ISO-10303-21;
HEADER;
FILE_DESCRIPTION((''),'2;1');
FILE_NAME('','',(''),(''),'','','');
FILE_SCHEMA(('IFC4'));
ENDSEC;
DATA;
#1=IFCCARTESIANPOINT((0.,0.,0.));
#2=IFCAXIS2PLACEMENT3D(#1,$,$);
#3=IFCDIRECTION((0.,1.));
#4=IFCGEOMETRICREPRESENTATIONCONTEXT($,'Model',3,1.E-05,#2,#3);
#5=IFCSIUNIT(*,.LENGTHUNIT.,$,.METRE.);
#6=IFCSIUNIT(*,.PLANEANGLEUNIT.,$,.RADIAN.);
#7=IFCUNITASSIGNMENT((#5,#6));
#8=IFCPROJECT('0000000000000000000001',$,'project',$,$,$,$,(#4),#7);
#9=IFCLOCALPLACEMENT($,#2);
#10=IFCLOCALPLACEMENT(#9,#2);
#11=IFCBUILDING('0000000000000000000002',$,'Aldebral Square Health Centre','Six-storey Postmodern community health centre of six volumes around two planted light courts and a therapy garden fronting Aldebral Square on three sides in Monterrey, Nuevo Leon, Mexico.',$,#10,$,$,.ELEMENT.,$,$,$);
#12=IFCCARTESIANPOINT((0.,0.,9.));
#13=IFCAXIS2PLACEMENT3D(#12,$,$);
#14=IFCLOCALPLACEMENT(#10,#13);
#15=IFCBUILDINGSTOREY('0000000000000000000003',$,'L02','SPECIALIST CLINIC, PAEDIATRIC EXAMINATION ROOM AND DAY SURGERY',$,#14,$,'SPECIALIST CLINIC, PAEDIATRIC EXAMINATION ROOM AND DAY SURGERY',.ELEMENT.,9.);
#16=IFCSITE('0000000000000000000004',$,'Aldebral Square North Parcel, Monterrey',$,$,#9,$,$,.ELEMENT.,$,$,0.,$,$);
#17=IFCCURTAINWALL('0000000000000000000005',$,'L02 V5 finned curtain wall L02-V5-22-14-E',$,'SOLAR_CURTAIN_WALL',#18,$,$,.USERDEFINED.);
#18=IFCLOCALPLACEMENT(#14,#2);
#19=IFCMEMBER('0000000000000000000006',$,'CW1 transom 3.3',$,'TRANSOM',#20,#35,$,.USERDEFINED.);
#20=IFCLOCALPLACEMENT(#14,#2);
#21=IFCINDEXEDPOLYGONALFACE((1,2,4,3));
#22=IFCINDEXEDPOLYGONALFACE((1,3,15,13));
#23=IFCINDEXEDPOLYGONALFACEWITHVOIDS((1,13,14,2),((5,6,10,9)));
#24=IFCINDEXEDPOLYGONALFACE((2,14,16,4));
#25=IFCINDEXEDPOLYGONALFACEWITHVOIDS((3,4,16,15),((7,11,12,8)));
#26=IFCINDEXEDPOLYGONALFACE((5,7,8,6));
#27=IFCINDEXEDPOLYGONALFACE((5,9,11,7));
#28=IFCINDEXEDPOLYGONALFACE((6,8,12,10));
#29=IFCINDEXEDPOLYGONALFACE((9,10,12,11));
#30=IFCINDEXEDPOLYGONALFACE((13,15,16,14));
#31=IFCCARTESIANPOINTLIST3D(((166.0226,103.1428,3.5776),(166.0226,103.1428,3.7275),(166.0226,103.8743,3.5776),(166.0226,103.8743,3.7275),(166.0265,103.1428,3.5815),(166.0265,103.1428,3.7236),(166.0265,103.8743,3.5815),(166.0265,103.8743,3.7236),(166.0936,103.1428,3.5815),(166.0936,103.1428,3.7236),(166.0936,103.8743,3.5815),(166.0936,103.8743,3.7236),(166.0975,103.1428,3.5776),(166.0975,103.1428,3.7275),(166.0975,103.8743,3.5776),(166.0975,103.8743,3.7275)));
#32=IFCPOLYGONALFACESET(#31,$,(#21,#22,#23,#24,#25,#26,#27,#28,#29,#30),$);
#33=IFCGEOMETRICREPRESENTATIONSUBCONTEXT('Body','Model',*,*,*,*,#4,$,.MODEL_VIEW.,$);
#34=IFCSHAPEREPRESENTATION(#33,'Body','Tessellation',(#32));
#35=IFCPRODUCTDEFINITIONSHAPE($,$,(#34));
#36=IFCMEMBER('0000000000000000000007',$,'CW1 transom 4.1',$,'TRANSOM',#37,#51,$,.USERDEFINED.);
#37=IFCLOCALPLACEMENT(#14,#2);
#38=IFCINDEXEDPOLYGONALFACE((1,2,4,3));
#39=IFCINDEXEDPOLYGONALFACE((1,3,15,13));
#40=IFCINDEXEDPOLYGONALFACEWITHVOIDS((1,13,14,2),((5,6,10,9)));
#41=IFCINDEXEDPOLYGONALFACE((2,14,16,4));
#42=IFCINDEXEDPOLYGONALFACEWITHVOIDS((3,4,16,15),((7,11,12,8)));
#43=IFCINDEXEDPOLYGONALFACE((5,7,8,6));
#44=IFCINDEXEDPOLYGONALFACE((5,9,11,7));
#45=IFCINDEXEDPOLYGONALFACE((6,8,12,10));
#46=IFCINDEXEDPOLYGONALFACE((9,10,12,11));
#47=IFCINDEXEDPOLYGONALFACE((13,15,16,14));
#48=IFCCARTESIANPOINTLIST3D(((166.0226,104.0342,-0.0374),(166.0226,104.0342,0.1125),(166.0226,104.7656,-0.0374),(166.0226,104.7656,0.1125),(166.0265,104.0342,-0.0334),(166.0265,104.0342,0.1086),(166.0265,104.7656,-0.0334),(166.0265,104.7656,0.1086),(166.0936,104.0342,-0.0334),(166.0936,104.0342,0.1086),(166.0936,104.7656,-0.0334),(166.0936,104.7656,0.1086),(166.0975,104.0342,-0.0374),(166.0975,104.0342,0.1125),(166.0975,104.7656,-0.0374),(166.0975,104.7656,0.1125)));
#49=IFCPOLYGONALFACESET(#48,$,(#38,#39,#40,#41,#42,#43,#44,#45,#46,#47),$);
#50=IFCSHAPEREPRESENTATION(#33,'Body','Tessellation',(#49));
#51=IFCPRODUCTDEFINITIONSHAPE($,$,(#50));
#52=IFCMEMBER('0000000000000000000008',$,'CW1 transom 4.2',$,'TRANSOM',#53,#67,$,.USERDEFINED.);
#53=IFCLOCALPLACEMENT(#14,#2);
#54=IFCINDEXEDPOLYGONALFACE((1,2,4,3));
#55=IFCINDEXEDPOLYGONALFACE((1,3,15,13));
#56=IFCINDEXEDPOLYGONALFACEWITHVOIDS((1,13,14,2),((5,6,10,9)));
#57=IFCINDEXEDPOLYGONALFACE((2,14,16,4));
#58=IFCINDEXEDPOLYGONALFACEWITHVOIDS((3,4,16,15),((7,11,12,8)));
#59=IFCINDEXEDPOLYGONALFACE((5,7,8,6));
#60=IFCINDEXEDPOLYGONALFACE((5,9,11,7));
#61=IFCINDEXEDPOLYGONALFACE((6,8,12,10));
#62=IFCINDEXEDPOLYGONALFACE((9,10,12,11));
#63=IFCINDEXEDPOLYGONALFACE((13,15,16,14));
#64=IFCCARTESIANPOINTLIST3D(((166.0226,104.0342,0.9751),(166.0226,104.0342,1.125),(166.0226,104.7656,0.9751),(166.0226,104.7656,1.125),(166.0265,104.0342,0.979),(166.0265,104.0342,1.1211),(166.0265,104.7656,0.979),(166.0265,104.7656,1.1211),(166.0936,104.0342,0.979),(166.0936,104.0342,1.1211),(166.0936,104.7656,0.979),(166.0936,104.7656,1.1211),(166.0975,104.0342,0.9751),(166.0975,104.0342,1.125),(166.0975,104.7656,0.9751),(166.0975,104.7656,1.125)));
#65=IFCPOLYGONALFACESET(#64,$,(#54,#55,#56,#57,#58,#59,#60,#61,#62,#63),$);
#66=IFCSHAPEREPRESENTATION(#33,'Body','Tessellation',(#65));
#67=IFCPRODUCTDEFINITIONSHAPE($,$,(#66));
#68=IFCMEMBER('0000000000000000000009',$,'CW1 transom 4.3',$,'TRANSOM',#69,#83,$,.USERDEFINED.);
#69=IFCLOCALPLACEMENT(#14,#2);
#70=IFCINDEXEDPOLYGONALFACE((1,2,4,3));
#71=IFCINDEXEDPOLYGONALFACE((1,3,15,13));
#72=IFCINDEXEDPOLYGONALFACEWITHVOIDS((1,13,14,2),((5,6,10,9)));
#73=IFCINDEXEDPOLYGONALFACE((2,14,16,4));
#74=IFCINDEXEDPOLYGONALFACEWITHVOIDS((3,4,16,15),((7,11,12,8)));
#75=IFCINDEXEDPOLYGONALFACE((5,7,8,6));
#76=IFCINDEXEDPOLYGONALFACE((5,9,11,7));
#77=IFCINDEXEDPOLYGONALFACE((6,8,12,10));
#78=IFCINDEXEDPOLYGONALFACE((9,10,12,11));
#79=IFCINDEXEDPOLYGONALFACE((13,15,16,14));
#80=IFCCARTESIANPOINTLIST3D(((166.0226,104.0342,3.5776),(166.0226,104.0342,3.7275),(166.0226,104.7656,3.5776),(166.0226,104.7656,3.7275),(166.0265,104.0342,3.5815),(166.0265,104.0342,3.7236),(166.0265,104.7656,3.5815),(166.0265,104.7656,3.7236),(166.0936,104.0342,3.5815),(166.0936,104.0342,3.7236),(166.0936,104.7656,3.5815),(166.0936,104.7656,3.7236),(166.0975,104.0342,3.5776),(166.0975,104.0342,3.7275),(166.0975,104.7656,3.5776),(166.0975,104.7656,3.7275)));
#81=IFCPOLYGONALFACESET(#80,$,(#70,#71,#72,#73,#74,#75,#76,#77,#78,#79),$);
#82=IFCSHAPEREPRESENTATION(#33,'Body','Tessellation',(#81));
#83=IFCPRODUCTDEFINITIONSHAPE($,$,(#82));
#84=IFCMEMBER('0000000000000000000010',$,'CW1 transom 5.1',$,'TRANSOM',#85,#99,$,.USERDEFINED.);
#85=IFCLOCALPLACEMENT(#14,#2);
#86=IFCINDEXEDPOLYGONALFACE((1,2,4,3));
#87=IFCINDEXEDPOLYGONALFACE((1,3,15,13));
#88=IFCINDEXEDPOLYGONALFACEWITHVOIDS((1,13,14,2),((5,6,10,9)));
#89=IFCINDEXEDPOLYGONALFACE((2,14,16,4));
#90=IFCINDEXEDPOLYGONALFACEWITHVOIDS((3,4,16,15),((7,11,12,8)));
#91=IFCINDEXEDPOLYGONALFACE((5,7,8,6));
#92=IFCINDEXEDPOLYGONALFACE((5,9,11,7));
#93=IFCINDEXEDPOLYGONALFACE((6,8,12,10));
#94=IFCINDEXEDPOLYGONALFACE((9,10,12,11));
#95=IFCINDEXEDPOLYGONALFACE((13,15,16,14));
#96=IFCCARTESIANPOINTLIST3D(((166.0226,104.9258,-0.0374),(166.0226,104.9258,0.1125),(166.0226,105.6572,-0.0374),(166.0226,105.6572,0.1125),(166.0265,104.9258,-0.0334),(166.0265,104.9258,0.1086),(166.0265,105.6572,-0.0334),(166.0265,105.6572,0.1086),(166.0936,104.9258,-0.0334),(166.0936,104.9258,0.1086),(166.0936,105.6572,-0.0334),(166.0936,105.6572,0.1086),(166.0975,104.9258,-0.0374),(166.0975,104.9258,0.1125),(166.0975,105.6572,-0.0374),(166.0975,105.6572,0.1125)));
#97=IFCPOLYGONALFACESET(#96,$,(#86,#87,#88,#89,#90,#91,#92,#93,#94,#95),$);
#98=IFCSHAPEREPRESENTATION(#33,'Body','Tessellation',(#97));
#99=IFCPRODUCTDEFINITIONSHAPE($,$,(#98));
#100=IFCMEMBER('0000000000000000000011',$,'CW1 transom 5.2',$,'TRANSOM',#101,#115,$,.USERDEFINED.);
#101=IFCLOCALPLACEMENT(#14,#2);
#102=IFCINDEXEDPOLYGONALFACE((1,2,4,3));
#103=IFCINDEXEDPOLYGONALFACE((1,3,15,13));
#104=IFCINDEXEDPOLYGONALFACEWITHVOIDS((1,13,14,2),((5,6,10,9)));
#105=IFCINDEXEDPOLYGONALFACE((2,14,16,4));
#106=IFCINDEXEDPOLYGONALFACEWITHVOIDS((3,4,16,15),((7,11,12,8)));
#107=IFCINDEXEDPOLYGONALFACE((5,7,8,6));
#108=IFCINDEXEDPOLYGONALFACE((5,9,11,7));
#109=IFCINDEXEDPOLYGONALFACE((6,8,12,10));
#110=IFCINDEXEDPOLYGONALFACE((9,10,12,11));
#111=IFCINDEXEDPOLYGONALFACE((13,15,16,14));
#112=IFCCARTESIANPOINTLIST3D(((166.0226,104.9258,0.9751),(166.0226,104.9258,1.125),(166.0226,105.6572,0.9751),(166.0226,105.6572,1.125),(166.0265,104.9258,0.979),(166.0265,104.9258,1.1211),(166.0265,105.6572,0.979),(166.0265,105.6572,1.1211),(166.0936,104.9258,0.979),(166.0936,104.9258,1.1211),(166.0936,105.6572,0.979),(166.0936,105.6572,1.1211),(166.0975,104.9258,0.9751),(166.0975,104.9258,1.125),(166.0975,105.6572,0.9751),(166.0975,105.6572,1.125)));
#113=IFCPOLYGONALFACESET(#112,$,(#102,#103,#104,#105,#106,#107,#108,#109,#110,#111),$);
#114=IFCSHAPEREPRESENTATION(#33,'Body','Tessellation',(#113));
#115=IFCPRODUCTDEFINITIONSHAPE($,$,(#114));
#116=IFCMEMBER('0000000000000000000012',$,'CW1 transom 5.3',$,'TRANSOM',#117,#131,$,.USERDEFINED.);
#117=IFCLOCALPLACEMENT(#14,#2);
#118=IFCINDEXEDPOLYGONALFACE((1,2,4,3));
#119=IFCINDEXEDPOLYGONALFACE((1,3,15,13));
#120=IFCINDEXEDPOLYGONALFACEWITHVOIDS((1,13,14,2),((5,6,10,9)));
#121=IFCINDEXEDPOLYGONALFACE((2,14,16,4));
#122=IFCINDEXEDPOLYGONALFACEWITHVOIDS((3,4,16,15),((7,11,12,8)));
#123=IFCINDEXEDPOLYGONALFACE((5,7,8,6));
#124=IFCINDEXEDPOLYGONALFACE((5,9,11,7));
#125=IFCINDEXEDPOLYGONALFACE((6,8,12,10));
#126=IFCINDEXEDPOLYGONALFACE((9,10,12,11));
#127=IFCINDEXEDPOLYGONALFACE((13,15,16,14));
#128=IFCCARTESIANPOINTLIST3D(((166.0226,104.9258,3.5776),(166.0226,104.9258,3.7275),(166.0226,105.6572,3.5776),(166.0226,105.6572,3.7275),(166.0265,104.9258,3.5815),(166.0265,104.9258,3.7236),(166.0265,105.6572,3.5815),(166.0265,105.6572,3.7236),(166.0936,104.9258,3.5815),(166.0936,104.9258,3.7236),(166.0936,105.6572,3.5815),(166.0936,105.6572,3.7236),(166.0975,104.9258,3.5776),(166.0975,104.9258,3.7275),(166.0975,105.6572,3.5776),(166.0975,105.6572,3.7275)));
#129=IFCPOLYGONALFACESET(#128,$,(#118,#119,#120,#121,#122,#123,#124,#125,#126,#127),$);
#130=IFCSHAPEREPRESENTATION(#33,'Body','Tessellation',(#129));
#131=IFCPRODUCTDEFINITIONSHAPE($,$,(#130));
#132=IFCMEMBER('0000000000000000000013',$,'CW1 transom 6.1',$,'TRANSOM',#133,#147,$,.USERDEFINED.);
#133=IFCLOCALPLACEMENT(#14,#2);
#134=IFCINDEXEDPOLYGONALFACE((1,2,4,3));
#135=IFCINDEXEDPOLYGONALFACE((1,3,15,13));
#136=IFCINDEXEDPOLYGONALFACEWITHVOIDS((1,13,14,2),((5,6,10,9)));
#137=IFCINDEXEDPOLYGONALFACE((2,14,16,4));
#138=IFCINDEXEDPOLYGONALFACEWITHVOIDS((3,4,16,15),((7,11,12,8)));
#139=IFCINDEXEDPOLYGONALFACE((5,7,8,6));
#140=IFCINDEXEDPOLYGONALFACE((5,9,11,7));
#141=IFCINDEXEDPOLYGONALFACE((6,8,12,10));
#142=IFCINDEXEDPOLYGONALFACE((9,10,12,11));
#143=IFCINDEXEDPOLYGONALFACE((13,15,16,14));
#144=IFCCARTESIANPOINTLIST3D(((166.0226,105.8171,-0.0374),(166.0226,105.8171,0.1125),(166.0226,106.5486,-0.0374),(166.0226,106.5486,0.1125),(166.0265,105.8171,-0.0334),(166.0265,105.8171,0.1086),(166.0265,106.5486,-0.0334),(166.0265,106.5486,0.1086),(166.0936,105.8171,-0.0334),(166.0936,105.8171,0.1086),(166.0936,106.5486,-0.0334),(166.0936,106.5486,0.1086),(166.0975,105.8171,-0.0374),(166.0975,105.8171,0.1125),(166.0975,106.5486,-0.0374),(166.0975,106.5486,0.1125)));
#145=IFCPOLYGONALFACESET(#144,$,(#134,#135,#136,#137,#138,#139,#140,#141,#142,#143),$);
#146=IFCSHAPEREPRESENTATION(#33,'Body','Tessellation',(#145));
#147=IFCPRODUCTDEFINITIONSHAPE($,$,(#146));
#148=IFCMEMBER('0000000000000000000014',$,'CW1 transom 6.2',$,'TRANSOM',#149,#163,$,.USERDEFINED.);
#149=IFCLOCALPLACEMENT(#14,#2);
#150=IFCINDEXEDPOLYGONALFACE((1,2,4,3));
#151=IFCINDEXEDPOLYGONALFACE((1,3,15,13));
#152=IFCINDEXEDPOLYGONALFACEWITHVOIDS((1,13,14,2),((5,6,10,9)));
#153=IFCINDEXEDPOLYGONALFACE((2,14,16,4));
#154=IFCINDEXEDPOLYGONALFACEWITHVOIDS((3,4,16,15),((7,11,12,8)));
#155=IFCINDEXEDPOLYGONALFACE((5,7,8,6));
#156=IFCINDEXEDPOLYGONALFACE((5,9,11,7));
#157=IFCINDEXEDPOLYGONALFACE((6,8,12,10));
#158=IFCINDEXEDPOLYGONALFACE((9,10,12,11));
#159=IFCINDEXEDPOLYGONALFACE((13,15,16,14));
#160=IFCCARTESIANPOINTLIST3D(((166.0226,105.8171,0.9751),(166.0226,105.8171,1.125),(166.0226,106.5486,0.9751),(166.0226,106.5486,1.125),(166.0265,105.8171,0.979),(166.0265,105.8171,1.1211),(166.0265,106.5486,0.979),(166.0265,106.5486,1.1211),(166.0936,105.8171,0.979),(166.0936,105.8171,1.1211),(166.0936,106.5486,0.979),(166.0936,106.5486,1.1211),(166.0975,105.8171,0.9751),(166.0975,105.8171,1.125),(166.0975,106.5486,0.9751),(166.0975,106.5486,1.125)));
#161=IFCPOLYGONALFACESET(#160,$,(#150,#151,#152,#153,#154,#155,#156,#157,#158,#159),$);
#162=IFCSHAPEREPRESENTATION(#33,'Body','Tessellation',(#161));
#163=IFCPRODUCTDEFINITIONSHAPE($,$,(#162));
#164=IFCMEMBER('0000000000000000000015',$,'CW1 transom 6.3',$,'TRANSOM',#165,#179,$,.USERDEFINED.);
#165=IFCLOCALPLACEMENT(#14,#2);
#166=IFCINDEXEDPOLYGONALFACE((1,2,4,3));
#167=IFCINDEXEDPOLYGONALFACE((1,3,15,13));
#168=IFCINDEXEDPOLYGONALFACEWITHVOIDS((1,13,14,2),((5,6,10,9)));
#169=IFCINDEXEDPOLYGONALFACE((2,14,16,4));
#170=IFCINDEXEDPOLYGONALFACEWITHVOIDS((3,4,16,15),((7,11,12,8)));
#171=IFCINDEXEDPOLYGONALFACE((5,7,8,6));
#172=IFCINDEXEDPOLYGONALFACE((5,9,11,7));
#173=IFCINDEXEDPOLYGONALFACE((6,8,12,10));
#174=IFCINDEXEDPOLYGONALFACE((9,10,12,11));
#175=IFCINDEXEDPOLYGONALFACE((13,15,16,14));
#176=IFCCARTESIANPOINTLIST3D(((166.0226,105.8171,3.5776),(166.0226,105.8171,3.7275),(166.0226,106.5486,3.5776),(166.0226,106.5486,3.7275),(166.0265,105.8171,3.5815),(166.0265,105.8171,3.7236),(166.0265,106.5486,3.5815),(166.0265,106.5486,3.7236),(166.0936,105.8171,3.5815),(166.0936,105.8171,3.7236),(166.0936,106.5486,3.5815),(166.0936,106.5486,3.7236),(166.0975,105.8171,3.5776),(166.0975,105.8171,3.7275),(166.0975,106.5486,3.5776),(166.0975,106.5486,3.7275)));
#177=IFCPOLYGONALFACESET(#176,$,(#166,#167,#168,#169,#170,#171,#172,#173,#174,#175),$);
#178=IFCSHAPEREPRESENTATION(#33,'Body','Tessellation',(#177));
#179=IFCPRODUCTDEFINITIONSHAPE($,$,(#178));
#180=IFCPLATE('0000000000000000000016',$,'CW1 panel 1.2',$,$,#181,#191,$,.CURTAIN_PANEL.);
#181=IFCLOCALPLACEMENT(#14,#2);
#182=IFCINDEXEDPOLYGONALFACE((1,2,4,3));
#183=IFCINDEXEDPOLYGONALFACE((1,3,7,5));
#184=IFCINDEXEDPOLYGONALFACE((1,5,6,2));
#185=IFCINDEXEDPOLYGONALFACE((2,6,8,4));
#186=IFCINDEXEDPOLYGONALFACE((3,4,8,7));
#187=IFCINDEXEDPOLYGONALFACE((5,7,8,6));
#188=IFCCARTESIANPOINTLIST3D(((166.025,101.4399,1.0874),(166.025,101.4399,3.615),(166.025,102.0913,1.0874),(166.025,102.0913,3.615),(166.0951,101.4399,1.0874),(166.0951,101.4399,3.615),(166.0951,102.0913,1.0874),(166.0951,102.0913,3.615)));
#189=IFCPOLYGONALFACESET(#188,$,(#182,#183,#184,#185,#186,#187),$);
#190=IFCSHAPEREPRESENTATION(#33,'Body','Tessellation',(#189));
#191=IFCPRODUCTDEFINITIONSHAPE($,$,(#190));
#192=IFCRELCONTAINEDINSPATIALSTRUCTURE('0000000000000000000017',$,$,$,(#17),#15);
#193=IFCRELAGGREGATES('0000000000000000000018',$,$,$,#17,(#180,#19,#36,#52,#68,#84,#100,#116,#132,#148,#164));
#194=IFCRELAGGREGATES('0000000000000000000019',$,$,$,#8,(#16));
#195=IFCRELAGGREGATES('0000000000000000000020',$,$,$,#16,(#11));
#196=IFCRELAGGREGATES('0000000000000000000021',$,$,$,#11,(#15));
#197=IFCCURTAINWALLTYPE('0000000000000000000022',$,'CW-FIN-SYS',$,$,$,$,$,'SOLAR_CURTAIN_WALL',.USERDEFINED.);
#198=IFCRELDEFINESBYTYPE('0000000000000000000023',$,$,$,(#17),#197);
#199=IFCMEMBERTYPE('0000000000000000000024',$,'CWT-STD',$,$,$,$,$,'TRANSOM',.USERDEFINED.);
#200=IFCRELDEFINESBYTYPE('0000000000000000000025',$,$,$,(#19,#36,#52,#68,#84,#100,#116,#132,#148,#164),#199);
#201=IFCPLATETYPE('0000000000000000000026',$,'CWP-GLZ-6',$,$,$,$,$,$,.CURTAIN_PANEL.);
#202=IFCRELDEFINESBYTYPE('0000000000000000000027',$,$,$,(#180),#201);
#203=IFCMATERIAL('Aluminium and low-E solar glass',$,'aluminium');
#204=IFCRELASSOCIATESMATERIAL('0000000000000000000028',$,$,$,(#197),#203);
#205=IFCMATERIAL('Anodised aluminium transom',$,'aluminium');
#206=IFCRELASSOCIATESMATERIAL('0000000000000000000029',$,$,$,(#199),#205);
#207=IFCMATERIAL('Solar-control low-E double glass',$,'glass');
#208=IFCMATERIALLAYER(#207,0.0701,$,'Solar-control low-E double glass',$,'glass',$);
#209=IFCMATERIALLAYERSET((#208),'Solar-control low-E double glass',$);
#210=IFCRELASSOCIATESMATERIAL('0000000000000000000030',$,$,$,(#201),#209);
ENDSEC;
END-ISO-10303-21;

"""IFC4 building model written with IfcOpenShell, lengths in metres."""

from ifc_helpers import new_model, si_unit, direction, frame, origin, origin_2d, place, context, subcontext, project, spatial, rectangle, hollow_rectangle, extrude, material, layer, layer_set, material_profile, profile_set, type_object, element, aggregate, save


model = new_model("IFC4")

# Units and contexts
model_context = context("Model", 3, precision=1e-05, world=origin(), true_north=direction((0.0, 1.0)))
body_context = subcontext(model_context, "Body", "Model", "MODEL_VIEW")
ifc_project = project(units=[si_unit("LENGTHUNIT", "METRE"), si_unit("PLANEANGLEUNIT", "RADIAN")], contexts=[model_context])

# Site, building, storey
site_placement = place(None, origin())
site = spatial("IfcSite", under=ifc_project, at=site_placement, Name="Aldebral Square North Parcel, Monterrey", CompositionType="ELEMENT", RefElevation=0.0)
building_placement = place(site_placement, origin())
building = spatial("IfcBuilding", under=site, at=building_placement, Name="Aldebral Square Health Centre", Description="Six-storey Postmodern community health centre of six volumes around two planted light courts and a therapy garden fronting Aldebral Square on three sides in Monterrey, Nuevo Leon, Mexico.", CompositionType="ELEMENT")
storey_placement = place(building_placement, frame((0.0, 0.0, 9.0)))
storey = spatial("IfcBuildingStorey", under=building, at=storey_placement, Name="L02", Description="SPECIALIST CLINIC, PAEDIATRIC EXAMINATION ROOM AND DAY SURGERY", LongName="SPECIALIST CLINIC, PAEDIATRIC EXAMINATION ROOM AND DAY SURGERY", CompositionType="ELEMENT", Elevation=9.0)

# Curtain wall, members, plate
ifc_material_1 = material(Name="Aluminium and low-E solar glass", Category="aluminium")
curtain_wall_type = type_object("IfcCurtainWallType", Name="CW-FIN-SYS", ElementType="SOLAR_CURTAIN_WALL", PredefinedType="USERDEFINED", material=ifc_material_1)
curtain_wall_placement = place(storey_placement, origin())
curtain_wall = element("IfcCurtainWall", 1, at=curtain_wall_placement, inside=storey, type_object=curtain_wall_type, Name="L02 V5 finned curtain wall L02-V5-22-14-E", ObjectType="SOLAR_CURTAIN_WALL", PredefinedType="USERDEFINED")
ifc_material_2 = material(Name="Anodised aluminium transom", Category="aluminium")
ifc_material_profile_1 = material_profile(ifc_material_2, hollow_rectangle(XDim=0.075, YDim=0.1499, WallThickness=0.0039, at=origin_2d()), Name="CWT 75x150x4")
ifc_profile_set_1 = profile_set([ifc_material_profile_1], Name="Anodised aluminium transom")
member_type_1 = type_object("IfcMemberType", Name="CWT-STD", ElementType="TRANSOM", PredefinedType="USERDEFINED", material=ifc_profile_set_1)
member_1_placement = place(storey_placement, frame((166.0601, 103.1428, 3.6526), z_axis=(0.0, 1.0, 0.0), x_axis=(-1.0, 0.0, 0.0)))
member_1 = element("IfcMember", 2, at=member_1_placement, type_object=member_type_1, Name="CW1 transom 3.3", ObjectType="TRANSOM", PredefinedType="USERDEFINED", context=body_context, shape_type="SweptSolid", body=[
    extrude(hollow_rectangle(XDim=0.075, YDim=0.1499, WallThickness=0.0039, at=origin_2d()), origin(), (0.0, 0.0, 1.0), 0.7314),
])
member_2_placement = place(storey_placement, frame((166.0601, 104.0342, 0.0376), z_axis=(0.0, 1.0, 0.0), x_axis=(-1.0, 0.0, 0.0)))
member_2 = element("IfcMember", 3, at=member_2_placement, type_object=member_type_1, Name="CW1 transom 4.1", ObjectType="TRANSOM", PredefinedType="USERDEFINED", context=body_context, shape_type="SweptSolid", body=[
    extrude(hollow_rectangle(XDim=0.075, YDim=0.1499, WallThickness=0.0039, at=origin_2d()), origin(), (0.0, 0.0, 1.0), 0.7314),
])
member_3_placement = place(storey_placement, frame((166.0601, 104.0342, 1.05), z_axis=(0.0, 1.0, 0.0), x_axis=(-1.0, 0.0, 0.0)))
member_3 = element("IfcMember", 4, at=member_3_placement, type_object=member_type_1, Name="CW1 transom 4.2", ObjectType="TRANSOM", PredefinedType="USERDEFINED", context=body_context, shape_type="SweptSolid", body=[
    extrude(hollow_rectangle(XDim=0.075, YDim=0.1499, WallThickness=0.0039, at=origin_2d()), origin(), (0.0, 0.0, 1.0), 0.7314),
])
member_4_placement = place(storey_placement, frame((166.0601, 104.0342, 3.6526), z_axis=(0.0, 1.0, 0.0), x_axis=(-1.0, 0.0, 0.0)))
member_4 = element("IfcMember", 5, at=member_4_placement, type_object=member_type_1, Name="CW1 transom 4.3", ObjectType="TRANSOM", PredefinedType="USERDEFINED", context=body_context, shape_type="SweptSolid", body=[
    extrude(hollow_rectangle(XDim=0.075, YDim=0.1499, WallThickness=0.0039, at=origin_2d()), origin(), (0.0, 0.0, 1.0), 0.7314),
])
member_5_placement = place(storey_placement, frame((166.0601, 104.9258, 0.0376), z_axis=(0.0, 1.0, 0.0), x_axis=(-1.0, 0.0, 0.0)))
member_5 = element("IfcMember", 6, at=member_5_placement, type_object=member_type_1, Name="CW1 transom 5.1", ObjectType="TRANSOM", PredefinedType="USERDEFINED", context=body_context, shape_type="SweptSolid", body=[
    extrude(hollow_rectangle(XDim=0.075, YDim=0.1499, WallThickness=0.0039, at=origin_2d()), origin(), (0.0, 0.0, 1.0), 0.7314),
])
member_6_placement = place(storey_placement, frame((166.0601, 104.9258, 1.05), z_axis=(0.0, 1.0, 0.0), x_axis=(-1.0, 0.0, 0.0)))
member_6 = element("IfcMember", 7, at=member_6_placement, type_object=member_type_1, Name="CW1 transom 5.2", ObjectType="TRANSOM", PredefinedType="USERDEFINED", context=body_context, shape_type="SweptSolid", body=[
    extrude(hollow_rectangle(XDim=0.075, YDim=0.1499, WallThickness=0.0039, at=origin_2d()), origin(), (0.0, 0.0, 1.0), 0.7314),
])
member_7_placement = place(storey_placement, frame((166.0601, 104.9258, 3.6526), z_axis=(0.0, 1.0, 0.0), x_axis=(-1.0, 0.0, 0.0)))
member_7 = element("IfcMember", 8, at=member_7_placement, type_object=member_type_1, Name="CW1 transom 5.3", ObjectType="TRANSOM", PredefinedType="USERDEFINED", context=body_context, shape_type="SweptSolid", body=[
    extrude(hollow_rectangle(XDim=0.075, YDim=0.1499, WallThickness=0.0039, at=origin_2d()), origin(), (0.0, 0.0, 1.0), 0.7314),
])
member_8_placement = place(storey_placement, frame((166.0601, 105.8171, 0.0376), z_axis=(0.0, 1.0, 0.0), x_axis=(-1.0, 0.0, 0.0)))
member_8 = element("IfcMember", 9, at=member_8_placement, type_object=member_type_1, Name="CW1 transom 6.1", ObjectType="TRANSOM", PredefinedType="USERDEFINED", context=body_context, shape_type="SweptSolid", body=[
    extrude(hollow_rectangle(XDim=0.075, YDim=0.1499, WallThickness=0.0039, at=origin_2d()), origin(), (0.0, 0.0, 1.0), 0.7314),
])
member_9_placement = place(storey_placement, frame((166.0601, 105.8171, 1.05), z_axis=(0.0, 1.0, 0.0), x_axis=(-1.0, 0.0, 0.0)))
member_9 = element("IfcMember", 10, at=member_9_placement, type_object=member_type_1, Name="CW1 transom 6.2", ObjectType="TRANSOM", PredefinedType="USERDEFINED", context=body_context, shape_type="SweptSolid", body=[
    extrude(hollow_rectangle(XDim=0.075, YDim=0.1499, WallThickness=0.0039, at=origin_2d()), origin(), (0.0, 0.0, 1.0), 0.7314),
])
member_10_placement = place(storey_placement, frame((166.0601, 105.8171, 3.6526), z_axis=(0.0, 1.0, 0.0), x_axis=(-1.0, 0.0, 0.0)))
member_10 = element("IfcMember", 11, at=member_10_placement, type_object=member_type_1, Name="CW1 transom 6.3", ObjectType="TRANSOM", PredefinedType="USERDEFINED", context=body_context, shape_type="SweptSolid", body=[
    extrude(hollow_rectangle(XDim=0.075, YDim=0.1499, WallThickness=0.0039, at=origin_2d()), origin(), (0.0, 0.0, 1.0), 0.7314),
])
ifc_material_3 = material(Name="Solar-control low-E double glass", Category="glass")
ifc_layer_1 = layer(ifc_material_3, 0.0701, Name="Solar-control low-E double glass", Category="glass")
ifc_layer_set_1 = layer_set([ifc_layer_1], Name="Solar-control low-E double glass")
plate_type = type_object("IfcPlateType", Name="CWP-GLZ-6", PredefinedType="CURTAIN_PANEL", material=ifc_layer_set_1)
plate_1_placement = place(storey_placement, frame((166.0601, 101.7656, 1.0874), z_axis=(0.0, 0.0, 1.0), x_axis=(0.0, 1.0, 0.0)))
plate_1 = element("IfcPlate", 12, at=plate_1_placement, type_object=plate_type, Name="CW1 panel 1.2", PredefinedType="CURTAIN_PANEL", context=body_context, shape_type="SweptSolid", body=[
    extrude(rectangle(XDim=0.6514, YDim=0.0701, at=origin_2d()), origin(), (0.0, 0.0, 1.0), 2.5276),
])
aggregate(curtain_wall, [plate_1, member_1, member_2, member_3, member_4, member_5, member_6, member_7, member_8, member_9, member_10])

save(model, "model.ifc")
